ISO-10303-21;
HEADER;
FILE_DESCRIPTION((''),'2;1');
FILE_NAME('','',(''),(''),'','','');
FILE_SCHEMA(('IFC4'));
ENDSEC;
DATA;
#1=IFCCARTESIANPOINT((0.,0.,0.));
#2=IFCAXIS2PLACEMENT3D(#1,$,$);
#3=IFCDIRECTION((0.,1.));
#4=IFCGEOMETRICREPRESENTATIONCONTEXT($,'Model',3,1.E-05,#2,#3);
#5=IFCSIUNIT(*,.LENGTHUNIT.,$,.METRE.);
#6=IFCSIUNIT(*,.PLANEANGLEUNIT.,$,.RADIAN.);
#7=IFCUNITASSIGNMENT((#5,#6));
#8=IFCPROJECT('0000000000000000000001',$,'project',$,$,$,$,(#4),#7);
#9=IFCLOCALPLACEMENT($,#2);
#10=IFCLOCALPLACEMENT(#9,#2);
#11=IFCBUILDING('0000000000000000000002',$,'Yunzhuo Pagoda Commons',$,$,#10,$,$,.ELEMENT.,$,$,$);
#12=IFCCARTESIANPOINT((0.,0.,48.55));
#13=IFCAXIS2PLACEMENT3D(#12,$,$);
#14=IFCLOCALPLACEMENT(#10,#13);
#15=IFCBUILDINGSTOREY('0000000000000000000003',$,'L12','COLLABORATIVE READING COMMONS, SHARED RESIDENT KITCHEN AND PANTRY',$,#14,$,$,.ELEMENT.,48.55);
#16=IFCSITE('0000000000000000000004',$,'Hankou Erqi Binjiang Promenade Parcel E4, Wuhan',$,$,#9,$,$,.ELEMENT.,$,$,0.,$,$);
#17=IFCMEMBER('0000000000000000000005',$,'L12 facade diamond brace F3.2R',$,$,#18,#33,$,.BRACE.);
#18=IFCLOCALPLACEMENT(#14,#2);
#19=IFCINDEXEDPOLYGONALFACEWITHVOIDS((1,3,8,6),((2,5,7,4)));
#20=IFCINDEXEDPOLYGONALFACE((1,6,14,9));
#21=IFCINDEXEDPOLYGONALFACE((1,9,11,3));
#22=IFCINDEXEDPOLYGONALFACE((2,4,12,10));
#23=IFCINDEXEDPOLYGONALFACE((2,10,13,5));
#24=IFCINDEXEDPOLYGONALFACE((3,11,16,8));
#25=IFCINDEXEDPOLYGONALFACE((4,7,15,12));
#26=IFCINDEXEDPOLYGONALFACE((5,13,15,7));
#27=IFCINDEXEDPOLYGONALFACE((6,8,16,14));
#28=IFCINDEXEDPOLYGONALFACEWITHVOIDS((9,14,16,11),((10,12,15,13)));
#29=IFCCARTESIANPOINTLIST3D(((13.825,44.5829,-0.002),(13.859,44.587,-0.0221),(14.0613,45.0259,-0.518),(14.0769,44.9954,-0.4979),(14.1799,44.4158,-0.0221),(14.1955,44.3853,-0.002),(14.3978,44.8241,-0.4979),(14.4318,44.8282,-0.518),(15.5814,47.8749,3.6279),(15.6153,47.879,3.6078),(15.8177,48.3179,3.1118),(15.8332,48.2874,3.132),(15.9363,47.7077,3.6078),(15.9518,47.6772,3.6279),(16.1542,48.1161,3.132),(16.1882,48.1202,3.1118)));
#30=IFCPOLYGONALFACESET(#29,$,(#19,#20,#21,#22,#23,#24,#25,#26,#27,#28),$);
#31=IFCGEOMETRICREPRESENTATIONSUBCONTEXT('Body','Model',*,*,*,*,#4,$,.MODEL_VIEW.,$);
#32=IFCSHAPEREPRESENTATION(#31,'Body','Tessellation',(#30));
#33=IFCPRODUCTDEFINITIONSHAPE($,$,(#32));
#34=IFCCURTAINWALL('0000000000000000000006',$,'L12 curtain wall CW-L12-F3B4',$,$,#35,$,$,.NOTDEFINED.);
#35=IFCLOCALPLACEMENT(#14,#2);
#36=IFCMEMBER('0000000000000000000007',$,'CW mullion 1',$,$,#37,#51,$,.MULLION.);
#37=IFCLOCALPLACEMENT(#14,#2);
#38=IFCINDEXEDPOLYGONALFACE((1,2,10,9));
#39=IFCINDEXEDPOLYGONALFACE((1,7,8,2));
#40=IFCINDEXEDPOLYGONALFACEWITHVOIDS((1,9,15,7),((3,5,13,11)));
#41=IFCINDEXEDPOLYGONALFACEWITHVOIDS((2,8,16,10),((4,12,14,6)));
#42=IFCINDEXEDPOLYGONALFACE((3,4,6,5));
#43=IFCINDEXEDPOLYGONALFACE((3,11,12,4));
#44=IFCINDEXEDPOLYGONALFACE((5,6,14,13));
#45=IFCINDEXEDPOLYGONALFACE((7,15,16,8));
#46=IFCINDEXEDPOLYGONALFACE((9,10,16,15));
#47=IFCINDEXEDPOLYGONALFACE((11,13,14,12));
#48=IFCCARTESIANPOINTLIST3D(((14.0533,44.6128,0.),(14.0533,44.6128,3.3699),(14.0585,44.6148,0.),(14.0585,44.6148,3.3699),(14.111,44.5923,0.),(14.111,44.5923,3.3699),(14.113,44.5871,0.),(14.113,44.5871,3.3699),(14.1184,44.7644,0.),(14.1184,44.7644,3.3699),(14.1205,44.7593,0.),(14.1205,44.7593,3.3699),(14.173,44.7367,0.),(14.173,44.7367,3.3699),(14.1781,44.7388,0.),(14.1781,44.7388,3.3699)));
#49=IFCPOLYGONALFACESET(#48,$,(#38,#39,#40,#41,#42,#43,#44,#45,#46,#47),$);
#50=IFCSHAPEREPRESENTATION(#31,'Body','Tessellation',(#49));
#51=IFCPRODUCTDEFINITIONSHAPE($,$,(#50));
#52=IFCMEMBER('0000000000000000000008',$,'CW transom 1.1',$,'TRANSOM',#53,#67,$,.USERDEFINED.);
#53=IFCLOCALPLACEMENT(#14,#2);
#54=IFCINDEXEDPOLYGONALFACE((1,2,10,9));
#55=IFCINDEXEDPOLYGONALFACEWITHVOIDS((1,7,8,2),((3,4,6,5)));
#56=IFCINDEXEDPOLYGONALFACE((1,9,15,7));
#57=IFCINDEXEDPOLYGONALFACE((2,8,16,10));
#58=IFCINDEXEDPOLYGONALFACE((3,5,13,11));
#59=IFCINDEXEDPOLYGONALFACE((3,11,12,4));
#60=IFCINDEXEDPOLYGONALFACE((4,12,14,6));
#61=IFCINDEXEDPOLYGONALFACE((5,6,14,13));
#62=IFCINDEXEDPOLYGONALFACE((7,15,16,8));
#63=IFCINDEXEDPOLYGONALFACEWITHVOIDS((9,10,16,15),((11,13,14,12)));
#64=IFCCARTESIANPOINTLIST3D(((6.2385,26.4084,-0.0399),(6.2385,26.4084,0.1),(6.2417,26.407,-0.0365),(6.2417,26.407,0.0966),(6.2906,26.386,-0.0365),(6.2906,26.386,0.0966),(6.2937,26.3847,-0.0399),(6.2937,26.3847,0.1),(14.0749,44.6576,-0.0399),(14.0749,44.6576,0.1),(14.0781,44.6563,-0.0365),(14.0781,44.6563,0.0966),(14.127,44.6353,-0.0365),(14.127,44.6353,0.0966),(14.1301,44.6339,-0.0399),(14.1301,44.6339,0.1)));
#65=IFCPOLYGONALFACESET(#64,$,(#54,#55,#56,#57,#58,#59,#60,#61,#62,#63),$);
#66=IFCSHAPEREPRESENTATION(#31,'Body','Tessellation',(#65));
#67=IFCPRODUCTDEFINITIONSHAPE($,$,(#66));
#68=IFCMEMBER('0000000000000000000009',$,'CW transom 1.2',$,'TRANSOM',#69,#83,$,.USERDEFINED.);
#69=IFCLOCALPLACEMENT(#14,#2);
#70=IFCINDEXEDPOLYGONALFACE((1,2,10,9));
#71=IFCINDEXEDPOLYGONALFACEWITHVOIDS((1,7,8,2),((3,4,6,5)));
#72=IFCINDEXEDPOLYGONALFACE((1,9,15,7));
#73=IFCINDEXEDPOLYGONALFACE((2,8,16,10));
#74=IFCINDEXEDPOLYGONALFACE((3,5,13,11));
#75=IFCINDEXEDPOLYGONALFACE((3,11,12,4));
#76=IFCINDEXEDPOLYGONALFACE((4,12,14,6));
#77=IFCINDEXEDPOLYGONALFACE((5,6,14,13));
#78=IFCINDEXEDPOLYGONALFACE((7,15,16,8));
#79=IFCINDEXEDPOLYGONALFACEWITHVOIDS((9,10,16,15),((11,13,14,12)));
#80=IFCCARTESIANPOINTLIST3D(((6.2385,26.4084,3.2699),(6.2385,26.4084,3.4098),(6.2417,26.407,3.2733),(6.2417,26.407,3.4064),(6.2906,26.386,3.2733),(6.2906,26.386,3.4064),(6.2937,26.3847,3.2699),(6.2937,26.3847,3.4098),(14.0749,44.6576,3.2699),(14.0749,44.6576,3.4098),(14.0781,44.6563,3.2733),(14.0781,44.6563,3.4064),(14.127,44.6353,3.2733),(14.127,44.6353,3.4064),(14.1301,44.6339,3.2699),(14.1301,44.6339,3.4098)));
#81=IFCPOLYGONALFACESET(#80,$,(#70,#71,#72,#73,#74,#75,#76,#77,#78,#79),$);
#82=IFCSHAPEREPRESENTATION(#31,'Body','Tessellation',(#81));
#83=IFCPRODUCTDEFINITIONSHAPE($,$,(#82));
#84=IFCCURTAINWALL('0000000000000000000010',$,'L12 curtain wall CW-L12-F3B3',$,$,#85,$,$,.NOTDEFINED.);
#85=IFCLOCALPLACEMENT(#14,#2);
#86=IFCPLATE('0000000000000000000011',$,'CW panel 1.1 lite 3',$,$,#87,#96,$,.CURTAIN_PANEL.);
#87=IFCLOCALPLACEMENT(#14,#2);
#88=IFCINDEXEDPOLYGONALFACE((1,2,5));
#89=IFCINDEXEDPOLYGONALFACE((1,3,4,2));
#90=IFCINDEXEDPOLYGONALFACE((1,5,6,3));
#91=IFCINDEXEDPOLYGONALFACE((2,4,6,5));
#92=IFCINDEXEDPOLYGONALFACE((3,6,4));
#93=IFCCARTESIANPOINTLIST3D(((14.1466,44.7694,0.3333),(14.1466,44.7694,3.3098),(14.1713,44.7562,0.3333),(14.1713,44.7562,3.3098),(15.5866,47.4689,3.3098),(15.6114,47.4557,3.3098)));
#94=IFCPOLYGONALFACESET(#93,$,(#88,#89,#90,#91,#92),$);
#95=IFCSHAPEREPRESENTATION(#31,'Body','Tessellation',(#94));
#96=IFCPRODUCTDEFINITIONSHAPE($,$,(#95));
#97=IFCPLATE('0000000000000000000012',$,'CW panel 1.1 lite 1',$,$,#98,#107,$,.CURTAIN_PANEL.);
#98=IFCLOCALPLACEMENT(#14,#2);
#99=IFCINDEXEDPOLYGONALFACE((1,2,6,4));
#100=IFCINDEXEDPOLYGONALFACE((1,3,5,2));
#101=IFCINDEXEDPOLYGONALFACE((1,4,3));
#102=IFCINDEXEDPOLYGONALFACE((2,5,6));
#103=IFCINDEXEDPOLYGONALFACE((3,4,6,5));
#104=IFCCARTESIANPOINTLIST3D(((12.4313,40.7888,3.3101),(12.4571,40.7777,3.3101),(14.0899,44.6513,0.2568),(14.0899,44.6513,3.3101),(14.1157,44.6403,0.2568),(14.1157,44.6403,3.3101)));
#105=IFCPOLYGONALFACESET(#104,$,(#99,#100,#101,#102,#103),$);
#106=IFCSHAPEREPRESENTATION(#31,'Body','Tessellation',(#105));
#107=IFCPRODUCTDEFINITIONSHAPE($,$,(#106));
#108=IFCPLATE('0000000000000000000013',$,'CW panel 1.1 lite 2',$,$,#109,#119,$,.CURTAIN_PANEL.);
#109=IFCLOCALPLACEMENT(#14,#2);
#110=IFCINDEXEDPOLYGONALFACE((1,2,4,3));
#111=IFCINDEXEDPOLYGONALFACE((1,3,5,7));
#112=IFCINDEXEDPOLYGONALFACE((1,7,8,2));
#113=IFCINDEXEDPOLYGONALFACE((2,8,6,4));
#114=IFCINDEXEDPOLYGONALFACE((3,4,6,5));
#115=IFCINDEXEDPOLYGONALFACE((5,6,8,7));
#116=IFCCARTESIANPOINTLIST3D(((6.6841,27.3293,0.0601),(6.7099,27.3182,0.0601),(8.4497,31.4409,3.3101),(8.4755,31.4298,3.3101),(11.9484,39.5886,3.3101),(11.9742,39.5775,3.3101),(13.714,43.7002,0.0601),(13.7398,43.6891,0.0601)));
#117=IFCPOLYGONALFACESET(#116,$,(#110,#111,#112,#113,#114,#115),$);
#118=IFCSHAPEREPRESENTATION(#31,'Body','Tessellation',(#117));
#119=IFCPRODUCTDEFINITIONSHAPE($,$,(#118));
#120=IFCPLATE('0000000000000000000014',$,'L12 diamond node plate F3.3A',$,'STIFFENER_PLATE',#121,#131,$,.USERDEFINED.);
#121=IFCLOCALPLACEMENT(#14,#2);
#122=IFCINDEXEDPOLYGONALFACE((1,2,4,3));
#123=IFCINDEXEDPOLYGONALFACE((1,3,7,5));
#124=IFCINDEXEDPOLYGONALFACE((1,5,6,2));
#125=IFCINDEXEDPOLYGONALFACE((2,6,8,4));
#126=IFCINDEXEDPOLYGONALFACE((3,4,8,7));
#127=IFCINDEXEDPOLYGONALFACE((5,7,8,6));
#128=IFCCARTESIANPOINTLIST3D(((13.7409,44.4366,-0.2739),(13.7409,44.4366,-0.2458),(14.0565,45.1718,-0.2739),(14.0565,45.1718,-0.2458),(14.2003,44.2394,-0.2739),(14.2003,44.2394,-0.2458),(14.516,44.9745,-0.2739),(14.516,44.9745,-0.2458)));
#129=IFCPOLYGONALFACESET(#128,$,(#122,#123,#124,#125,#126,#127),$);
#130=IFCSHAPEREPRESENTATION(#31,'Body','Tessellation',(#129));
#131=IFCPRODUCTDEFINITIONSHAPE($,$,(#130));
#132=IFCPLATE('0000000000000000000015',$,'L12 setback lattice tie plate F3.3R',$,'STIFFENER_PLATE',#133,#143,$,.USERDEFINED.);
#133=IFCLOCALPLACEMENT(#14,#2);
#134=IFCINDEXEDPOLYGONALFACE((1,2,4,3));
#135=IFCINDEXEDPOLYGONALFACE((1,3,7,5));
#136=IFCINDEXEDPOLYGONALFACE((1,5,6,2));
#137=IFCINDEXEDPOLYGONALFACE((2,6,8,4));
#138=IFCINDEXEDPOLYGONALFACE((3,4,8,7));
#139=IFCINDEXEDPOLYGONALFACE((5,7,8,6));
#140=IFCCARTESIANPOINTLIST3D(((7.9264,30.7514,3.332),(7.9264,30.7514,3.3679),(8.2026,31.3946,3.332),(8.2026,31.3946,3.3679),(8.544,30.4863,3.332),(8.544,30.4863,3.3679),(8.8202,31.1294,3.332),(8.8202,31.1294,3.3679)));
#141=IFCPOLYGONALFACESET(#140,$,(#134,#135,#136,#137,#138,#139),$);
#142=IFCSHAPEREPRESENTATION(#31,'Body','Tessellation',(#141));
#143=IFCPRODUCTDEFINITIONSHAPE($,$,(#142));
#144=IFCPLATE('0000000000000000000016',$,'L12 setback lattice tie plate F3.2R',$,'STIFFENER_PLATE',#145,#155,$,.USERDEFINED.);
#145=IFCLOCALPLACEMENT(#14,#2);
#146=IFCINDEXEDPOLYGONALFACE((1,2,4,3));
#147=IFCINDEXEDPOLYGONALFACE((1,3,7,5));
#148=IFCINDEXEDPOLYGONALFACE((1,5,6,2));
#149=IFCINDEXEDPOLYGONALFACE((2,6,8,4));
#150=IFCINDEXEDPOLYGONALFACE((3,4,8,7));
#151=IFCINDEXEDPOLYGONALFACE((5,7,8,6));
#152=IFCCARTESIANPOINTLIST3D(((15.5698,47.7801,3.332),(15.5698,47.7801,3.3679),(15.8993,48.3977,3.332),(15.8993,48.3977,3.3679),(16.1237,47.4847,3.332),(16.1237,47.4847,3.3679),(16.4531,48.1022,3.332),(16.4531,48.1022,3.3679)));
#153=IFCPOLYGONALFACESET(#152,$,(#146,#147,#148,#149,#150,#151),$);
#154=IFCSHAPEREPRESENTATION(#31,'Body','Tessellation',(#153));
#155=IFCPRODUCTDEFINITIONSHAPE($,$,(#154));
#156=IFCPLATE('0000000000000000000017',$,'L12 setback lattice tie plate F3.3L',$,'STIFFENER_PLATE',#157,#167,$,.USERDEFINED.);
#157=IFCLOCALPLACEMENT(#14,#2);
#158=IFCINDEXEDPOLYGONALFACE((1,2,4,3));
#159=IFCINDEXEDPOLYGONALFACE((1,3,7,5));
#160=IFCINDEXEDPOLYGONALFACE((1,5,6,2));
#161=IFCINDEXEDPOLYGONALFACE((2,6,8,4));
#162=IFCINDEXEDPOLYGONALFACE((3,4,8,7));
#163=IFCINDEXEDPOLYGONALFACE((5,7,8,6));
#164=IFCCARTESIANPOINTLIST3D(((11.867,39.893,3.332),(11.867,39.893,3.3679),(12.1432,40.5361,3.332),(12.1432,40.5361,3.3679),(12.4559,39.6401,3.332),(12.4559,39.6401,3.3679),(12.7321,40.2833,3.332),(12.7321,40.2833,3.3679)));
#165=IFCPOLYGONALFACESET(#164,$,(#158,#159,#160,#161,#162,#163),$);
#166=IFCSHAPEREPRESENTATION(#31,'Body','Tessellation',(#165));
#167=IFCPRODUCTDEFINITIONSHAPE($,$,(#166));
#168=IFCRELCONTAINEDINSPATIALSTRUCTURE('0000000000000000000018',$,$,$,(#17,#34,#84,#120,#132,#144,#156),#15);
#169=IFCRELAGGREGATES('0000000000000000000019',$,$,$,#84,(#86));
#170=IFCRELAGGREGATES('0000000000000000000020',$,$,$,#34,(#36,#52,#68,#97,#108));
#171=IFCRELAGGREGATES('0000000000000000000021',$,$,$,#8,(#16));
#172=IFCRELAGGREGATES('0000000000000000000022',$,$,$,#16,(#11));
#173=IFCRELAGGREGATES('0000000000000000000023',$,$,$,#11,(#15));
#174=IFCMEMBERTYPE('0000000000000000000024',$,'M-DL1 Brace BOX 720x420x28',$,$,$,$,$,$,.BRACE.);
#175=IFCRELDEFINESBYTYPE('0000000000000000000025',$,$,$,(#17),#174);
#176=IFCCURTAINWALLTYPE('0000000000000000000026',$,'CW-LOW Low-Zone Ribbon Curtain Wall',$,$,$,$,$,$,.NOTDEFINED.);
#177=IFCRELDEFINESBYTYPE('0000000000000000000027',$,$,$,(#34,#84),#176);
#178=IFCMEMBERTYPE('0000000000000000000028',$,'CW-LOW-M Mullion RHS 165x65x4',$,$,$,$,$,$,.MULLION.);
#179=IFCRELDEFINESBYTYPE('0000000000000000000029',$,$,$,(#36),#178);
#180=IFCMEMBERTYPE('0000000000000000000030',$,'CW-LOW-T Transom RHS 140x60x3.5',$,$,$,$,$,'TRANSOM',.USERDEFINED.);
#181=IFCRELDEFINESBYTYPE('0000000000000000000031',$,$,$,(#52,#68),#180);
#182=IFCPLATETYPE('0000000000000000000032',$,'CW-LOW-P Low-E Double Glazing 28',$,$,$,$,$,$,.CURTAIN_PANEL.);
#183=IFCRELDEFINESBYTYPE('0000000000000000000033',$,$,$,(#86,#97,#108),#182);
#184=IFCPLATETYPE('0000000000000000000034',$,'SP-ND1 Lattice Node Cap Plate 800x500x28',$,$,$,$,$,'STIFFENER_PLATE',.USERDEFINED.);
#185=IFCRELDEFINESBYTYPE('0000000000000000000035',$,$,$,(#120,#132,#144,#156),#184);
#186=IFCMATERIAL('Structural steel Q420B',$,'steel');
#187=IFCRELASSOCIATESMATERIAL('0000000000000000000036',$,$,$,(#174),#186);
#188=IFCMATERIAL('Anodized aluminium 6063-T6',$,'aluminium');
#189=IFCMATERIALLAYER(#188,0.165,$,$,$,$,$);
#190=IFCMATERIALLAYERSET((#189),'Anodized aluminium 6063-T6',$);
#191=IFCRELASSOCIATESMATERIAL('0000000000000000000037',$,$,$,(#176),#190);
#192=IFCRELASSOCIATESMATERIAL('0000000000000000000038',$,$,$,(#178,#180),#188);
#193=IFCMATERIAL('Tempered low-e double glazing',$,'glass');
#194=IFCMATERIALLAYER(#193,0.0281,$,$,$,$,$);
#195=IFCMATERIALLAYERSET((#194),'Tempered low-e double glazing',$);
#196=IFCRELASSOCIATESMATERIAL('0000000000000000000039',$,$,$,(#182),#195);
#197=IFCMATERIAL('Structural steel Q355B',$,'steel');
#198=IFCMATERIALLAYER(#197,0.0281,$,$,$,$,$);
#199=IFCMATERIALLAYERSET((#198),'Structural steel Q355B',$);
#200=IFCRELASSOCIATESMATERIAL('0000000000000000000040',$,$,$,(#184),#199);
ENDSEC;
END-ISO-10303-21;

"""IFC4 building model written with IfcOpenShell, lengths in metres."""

from ifc_helpers import new_model, si_unit, direction, frame, origin, origin_2d, place, context, subcontext, project, spatial, polyline, rectangle, hollow_rectangle, outline, extrude, source, transform, mapped, material, layer, layer_set, material_profile, profile_set, type_object, element, aggregate, save


model = new_model("IFC4")

# Units and contexts
model_context = context("Model", 3, precision=1e-05, world=origin(), true_north=direction((0.0, 1.0)))
body_context = subcontext(model_context, "Body", "Model", "MODEL_VIEW")
ifc_project = project(units=[si_unit("LENGTHUNIT", "METRE"), si_unit("PLANEANGLEUNIT", "RADIAN")], contexts=[model_context])

# Site, building, storey
site_placement = place(None, origin())
site = spatial("IfcSite", under=ifc_project, at=site_placement, Name="Hankou Erqi Binjiang Promenade Parcel E4, Wuhan", CompositionType="ELEMENT", RefElevation=0.0)
building_placement = place(site_placement, origin())
building = spatial("IfcBuilding", under=site, at=building_placement, Name="Yunzhuo Pagoda Commons", CompositionType="ELEMENT")
storey_placement = place(building_placement, frame((0.0, 0.0, 48.55)))
storey = spatial("IfcBuildingStorey", under=building, at=storey_placement, Name="L12", Description="COLLABORATIVE READING COMMONS, SHARED RESIDENT KITCHEN AND PANTRY", CompositionType="ELEMENT", Elevation=48.55)

# Shared definitions
ifc_material_1 = material(Name="Structural steel Q420B", Category="steel")

# Shared definitions
ifc_material_2 = material(Name="Structural steel Q355B", Category="steel")

# Member
ifc_material_profile_1 = material_profile(ifc_material_1, hollow_rectangle(XDim=0.4199, YDim=0.72, WallThickness=0.0281, at=origin_2d()), Name="Structural steel Q420B")
ifc_profile_set_1 = profile_set([ifc_material_profile_1], Name="Structural steel Q420B")
member_type_1 = type_object("IfcMemberType", Name="M-DL1 Brace BOX 720x420x28", PredefinedType="BRACE", material=ifc_profile_set_1)
shared_shape_1 = source(origin(), body_context, "Body", "SweptSolid", [
    extrude(hollow_rectangle(XDim=0.4199, YDim=0.72, WallThickness=0.0281, at=origin_2d()), origin(), (0.0, 0.0, 1.0), 5.2056),
])
member_1_placement = place(storey_placement, frame((14.1284, 44.7056, -0.26), z_axis=(0.337397, 0.632397, 0.697307), x_axis=(-0.882284, 0.470717, 0.0)))
element("IfcMember", 1, at=member_1_placement, inside=storey, type_object=member_type_1, Name="L12 facade diamond brace F3.2R", PredefinedType="BRACE", context=body_context, shape_type="MappedRepresentation", body=[
    mapped(shared_shape_1, transform((0.0, 0.0, 0.0), scale=1.0)),
])

# Curtain wall, members
ifc_material_3 = material(Name="Anodized aluminium 6063-T6", Category="aluminium")
ifc_layer_1 = layer(ifc_material_3, 0.165)
ifc_layer_set_1 = layer_set([ifc_layer_1], Name="Anodized aluminium 6063-T6")
curtain_wall_type = type_object("IfcCurtainWallType", Name="CW-LOW Low-Zone Ribbon Curtain Wall", PredefinedType="NOTDEFINED", material=ifc_layer_set_1)
curtain_wall_1_placement = place(storey_placement, origin())
curtain_wall_1 = element("IfcCurtainWall", 2, at=curtain_wall_1_placement, inside=storey, type_object=curtain_wall_type, Name="L12 curtain wall CW-L12-F3B4", PredefinedType="NOTDEFINED")
ifc_material_profile_2 = material_profile(ifc_material_3, hollow_rectangle(XDim=0.0649, YDim=0.165, WallThickness=0.0039, at=origin_2d()), Name="Anodized aluminium 6063-T6")
ifc_profile_set_2 = profile_set([ifc_material_profile_2], Name="Anodized aluminium 6063-T6")
member_type_2 = type_object("IfcMemberType", Name="CW-LOW-M Mullion RHS 165x65x4", PredefinedType="MULLION", material=ifc_profile_set_2)
shared_shape_2 = source(origin(), body_context, "Body", "SweptSolid", [
    extrude(hollow_rectangle(XDim=0.0649, YDim=0.165, WallThickness=0.0039, at=origin_2d()), origin(), (0.0, 0.0, 1.0), 3.3699),
])
member_2_placement = place(storey_placement, frame((14.1157, 44.6758, 0.0), z_axis=(0.0, 0.0, 1.0), x_axis=(0.918866, -0.394571, 0.0)))
member_2 = element("IfcMember", 3, at=member_2_placement, type_object=member_type_2, Name="CW mullion 1", PredefinedType="MULLION", context=body_context, shape_type="MappedRepresentation", body=[
    mapped(shared_shape_2, transform((0.0, 0.0, 0.0), scale=1.0)),
])
ifc_material_profile_3 = material_profile(ifc_material_3, hollow_rectangle(XDim=0.0601, YDim=0.1399, WallThickness=0.0034, at=origin_2d()), Name="Anodized aluminium 6063-T6")
ifc_profile_set_3 = profile_set([ifc_material_profile_3], Name="Anodized aluminium 6063-T6")
member_type_3 = type_object("IfcMemberType", Name="CW-LOW-T Transom RHS 140x60x3.5", ElementType="TRANSOM", PredefinedType="USERDEFINED", material=ifc_profile_set_3)
shared_shape_3 = source(origin(), body_context, "Body", "SweptSolid", [
    extrude(hollow_rectangle(XDim=0.0601, YDim=0.1399, WallThickness=0.0034, at=origin_2d()), origin(), (0.0, 0.0, 1.0), 19.8606),
])
member_3_placement = place(storey_placement, frame((14.1025, 44.6458, 0.03), z_axis=(-0.39457, -0.918866, 0.0), x_axis=(0.918866, -0.39457, 0.0)))
member_3 = element("IfcMember", 4, at=member_3_placement, type_object=member_type_3, Name="CW transom 1.1", ObjectType="TRANSOM", PredefinedType="USERDEFINED", context=body_context, shape_type="MappedRepresentation", body=[
    mapped(shared_shape_3, transform((0.0, 0.0, 0.0), scale=1.0)),
])
member_4_placement = place(storey_placement, frame((14.1025, 44.6458, 3.3398), z_axis=(-0.39457, -0.918866, 0.0), x_axis=(0.918866, -0.39457, 0.0)))
member_4 = element("IfcMember", 5, at=member_4_placement, type_object=member_type_3, Name="CW transom 1.2", ObjectType="TRANSOM", PredefinedType="USERDEFINED", context=body_context, shape_type="MappedRepresentation", body=[
    mapped(shared_shape_3, transform((0.0, 0.0, 0.0), scale=1.0)),
])

# Curtain wall, plate
curtain_wall_2_placement = place(storey_placement, origin())
curtain_wall_2 = element("IfcCurtainWall", 6, at=curtain_wall_2_placement, inside=storey, type_object=curtain_wall_type, Name="L12 curtain wall CW-L12-F3B3", PredefinedType="NOTDEFINED")
ifc_material_4 = material(Name="Tempered low-e double glazing", Category="glass")
ifc_layer_2 = layer(ifc_material_4, 0.0281)
ifc_layer_set_2 = layer_set([ifc_layer_2], Name="Tempered low-e double glazing")
plate_type_1 = type_object("IfcPlateType", Name="CW-LOW-P Low-E Double Glazing 28", PredefinedType="CURTAIN_PANEL", material=ifc_layer_set_2)
plate_1_placement = place(storey_placement, frame((14.8914, 46.106, 1.8215), z_axis=(-0.882309, 0.47067, 0.0), x_axis=(-0.47067, -0.882309, 0.0)))
plate_1 = element("IfcPlate", 7, at=plate_1_placement, type_object=plate_type_1, Name="CW panel 1.1 lite 3", PredefinedType="CURTAIN_PANEL", context=body_context, shape_type="SweptSolid", body=[
    extrude(outline(polyline([(-1.5298, 1.4883), (1.5298, -1.4883), (1.5298, 1.4883), (-1.5298, 1.4883)])), origin(), (0.0, 0.0, 1.0), 0.0281),
])
aggregate(curtain_wall_2, [plate_1])

# Plates
plate_2_placement = place(storey_placement, frame((13.2864, 42.709, 1.7834), z_axis=(-0.918866, 0.394571, 0.0), x_axis=(-0.394571, -0.918866, 0.0)))
plate_2 = element("IfcPlate", 8, at=plate_2_placement, type_object=plate_type_1, Name="CW panel 1.1 lite 1", PredefinedType="CURTAIN_PANEL", context=body_context, shape_type="SweptSolid", body=[
    extrude(outline(polyline([(-2.1018, -1.5266), (2.1018, 1.5266), (-2.1018, 1.5266), (-2.1018, -1.5266)])), origin(), (0.0, 0.0, 1.0), 0.0281),
])
plate_3_placement = place(storey_placement, frame((10.2249, 35.5037, 1.6851), z_axis=(-0.918866, 0.394571, 0.0), x_axis=(-0.394571, -0.918866, 0.0)))
plate_3 = element("IfcPlate", 9, at=plate_3_placement, type_object=plate_type_1, Name="CW panel 1.1 lite 2", PredefinedType="CURTAIN_PANEL", context=body_context, shape_type="SweptSolid", body=[
    extrude(outline(polyline([(-8.9082, -1.625), (8.9082, -1.625), (4.4336, 1.625), (-4.4336, 1.625), (-8.9082, -1.625)])), origin(), (0.0, 0.0, 1.0), 0.0281),
])
aggregate(curtain_wall_1, [member_2, member_3, member_4, plate_2, plate_3])

# Plates
ifc_layer_3 = layer(ifc_material_2, 0.0281)
ifc_layer_set_3 = layer_set([ifc_layer_3], Name="Structural steel Q355B")
plate_type_2 = type_object("IfcPlateType", Name="SP-ND1 Lattice Node Cap Plate 800x500x28", ElementType="STIFFENER_PLATE", PredefinedType="USERDEFINED", material=ifc_layer_set_3)
shared_shape_4 = source(origin(), body_context, "Body", "SweptSolid", [
    extrude(rectangle(XDim=0.8, YDim=0.5, at=origin_2d()), origin(), (0.0, 0.0, 1.0), 0.0281),
])
plate_4_placement = place(storey_placement, frame((14.1284, 44.7056, -0.2739), z_axis=(0.0, 0.0, 1.0), x_axis=(-0.394567, -0.918867, 0.0)))
element("IfcPlate", 10, at=plate_4_placement, inside=storey, type_object=plate_type_2, Name="L12 diamond node plate F3.3A", ObjectType="STIFFENER_PLATE", PredefinedType="USERDEFINED", context=body_context, shape_type="MappedRepresentation", body=[
    mapped(shared_shape_4, transform((0.0, 0.0, 0.0), scale=1.0)),
])
shared_shape_5 = source(origin(), body_context, "Body", "SweptSolid", [
    extrude(rectangle(XDim=0.7, YDim=0.6721, at=origin_2d()), origin(), (0.0, 0.0, 1.0), 0.0359),
])
plate_5_placement = place(storey_placement, frame((8.3733, 30.9404, 3.332), z_axis=(0.0, 0.0, 1.0), x_axis=(-0.394567, -0.918867, 0.0)))
element("IfcPlate", 11, at=plate_5_placement, inside=storey, type_object=plate_type_2, Name="L12 setback lattice tie plate F3.3R", ObjectType="STIFFENER_PLATE", PredefinedType="USERDEFINED", context=body_context, shape_type="MappedRepresentation", body=[
    mapped(shared_shape_5, transform((0.0, 0.0, 0.0), scale=1.0)),
])
shared_shape_6 = source(origin(), body_context, "Body", "SweptSolid", [
    extrude(rectangle(XDim=0.7, YDim=0.6277, at=origin_2d()), origin(), (0.0, 0.0, 1.0), 0.0359),
])
plate_6_placement = place(storey_placement, frame((16.0115, 47.9412, 3.332), z_axis=(0.0, 0.0, 1.0), x_axis=(-0.470673, -0.882308, 0.0)))
element("IfcPlate", 12, at=plate_6_placement, inside=storey, type_object=plate_type_2, Name="L12 setback lattice tie plate F3.2R", ObjectType="STIFFENER_PLATE", PredefinedType="USERDEFINED", context=body_context, shape_type="MappedRepresentation", body=[
    mapped(shared_shape_6, transform((0.0, 0.0, 0.0), scale=1.0)),
])
shared_shape_7 = source(origin(), body_context, "Body", "SweptSolid", [
    extrude(rectangle(XDim=0.7, YDim=0.6409, at=origin_2d()), origin(), (0.0, 0.0, 1.0), 0.0359),
])
plate_7_placement = place(storey_placement, frame((12.2996, 40.0881, 3.332), z_axis=(0.0, 0.0, 1.0), x_axis=(-0.394567, -0.918867, 0.0)))
element("IfcPlate", 13, at=plate_7_placement, inside=storey, type_object=plate_type_2, Name="L12 setback lattice tie plate F3.3L", ObjectType="STIFFENER_PLATE", PredefinedType="USERDEFINED", context=body_context, shape_type="MappedRepresentation", body=[
    mapped(shared_shape_7, transform((0.0, 0.0, 0.0), scale=1.0)),
])

save(model, "model.ifc")
